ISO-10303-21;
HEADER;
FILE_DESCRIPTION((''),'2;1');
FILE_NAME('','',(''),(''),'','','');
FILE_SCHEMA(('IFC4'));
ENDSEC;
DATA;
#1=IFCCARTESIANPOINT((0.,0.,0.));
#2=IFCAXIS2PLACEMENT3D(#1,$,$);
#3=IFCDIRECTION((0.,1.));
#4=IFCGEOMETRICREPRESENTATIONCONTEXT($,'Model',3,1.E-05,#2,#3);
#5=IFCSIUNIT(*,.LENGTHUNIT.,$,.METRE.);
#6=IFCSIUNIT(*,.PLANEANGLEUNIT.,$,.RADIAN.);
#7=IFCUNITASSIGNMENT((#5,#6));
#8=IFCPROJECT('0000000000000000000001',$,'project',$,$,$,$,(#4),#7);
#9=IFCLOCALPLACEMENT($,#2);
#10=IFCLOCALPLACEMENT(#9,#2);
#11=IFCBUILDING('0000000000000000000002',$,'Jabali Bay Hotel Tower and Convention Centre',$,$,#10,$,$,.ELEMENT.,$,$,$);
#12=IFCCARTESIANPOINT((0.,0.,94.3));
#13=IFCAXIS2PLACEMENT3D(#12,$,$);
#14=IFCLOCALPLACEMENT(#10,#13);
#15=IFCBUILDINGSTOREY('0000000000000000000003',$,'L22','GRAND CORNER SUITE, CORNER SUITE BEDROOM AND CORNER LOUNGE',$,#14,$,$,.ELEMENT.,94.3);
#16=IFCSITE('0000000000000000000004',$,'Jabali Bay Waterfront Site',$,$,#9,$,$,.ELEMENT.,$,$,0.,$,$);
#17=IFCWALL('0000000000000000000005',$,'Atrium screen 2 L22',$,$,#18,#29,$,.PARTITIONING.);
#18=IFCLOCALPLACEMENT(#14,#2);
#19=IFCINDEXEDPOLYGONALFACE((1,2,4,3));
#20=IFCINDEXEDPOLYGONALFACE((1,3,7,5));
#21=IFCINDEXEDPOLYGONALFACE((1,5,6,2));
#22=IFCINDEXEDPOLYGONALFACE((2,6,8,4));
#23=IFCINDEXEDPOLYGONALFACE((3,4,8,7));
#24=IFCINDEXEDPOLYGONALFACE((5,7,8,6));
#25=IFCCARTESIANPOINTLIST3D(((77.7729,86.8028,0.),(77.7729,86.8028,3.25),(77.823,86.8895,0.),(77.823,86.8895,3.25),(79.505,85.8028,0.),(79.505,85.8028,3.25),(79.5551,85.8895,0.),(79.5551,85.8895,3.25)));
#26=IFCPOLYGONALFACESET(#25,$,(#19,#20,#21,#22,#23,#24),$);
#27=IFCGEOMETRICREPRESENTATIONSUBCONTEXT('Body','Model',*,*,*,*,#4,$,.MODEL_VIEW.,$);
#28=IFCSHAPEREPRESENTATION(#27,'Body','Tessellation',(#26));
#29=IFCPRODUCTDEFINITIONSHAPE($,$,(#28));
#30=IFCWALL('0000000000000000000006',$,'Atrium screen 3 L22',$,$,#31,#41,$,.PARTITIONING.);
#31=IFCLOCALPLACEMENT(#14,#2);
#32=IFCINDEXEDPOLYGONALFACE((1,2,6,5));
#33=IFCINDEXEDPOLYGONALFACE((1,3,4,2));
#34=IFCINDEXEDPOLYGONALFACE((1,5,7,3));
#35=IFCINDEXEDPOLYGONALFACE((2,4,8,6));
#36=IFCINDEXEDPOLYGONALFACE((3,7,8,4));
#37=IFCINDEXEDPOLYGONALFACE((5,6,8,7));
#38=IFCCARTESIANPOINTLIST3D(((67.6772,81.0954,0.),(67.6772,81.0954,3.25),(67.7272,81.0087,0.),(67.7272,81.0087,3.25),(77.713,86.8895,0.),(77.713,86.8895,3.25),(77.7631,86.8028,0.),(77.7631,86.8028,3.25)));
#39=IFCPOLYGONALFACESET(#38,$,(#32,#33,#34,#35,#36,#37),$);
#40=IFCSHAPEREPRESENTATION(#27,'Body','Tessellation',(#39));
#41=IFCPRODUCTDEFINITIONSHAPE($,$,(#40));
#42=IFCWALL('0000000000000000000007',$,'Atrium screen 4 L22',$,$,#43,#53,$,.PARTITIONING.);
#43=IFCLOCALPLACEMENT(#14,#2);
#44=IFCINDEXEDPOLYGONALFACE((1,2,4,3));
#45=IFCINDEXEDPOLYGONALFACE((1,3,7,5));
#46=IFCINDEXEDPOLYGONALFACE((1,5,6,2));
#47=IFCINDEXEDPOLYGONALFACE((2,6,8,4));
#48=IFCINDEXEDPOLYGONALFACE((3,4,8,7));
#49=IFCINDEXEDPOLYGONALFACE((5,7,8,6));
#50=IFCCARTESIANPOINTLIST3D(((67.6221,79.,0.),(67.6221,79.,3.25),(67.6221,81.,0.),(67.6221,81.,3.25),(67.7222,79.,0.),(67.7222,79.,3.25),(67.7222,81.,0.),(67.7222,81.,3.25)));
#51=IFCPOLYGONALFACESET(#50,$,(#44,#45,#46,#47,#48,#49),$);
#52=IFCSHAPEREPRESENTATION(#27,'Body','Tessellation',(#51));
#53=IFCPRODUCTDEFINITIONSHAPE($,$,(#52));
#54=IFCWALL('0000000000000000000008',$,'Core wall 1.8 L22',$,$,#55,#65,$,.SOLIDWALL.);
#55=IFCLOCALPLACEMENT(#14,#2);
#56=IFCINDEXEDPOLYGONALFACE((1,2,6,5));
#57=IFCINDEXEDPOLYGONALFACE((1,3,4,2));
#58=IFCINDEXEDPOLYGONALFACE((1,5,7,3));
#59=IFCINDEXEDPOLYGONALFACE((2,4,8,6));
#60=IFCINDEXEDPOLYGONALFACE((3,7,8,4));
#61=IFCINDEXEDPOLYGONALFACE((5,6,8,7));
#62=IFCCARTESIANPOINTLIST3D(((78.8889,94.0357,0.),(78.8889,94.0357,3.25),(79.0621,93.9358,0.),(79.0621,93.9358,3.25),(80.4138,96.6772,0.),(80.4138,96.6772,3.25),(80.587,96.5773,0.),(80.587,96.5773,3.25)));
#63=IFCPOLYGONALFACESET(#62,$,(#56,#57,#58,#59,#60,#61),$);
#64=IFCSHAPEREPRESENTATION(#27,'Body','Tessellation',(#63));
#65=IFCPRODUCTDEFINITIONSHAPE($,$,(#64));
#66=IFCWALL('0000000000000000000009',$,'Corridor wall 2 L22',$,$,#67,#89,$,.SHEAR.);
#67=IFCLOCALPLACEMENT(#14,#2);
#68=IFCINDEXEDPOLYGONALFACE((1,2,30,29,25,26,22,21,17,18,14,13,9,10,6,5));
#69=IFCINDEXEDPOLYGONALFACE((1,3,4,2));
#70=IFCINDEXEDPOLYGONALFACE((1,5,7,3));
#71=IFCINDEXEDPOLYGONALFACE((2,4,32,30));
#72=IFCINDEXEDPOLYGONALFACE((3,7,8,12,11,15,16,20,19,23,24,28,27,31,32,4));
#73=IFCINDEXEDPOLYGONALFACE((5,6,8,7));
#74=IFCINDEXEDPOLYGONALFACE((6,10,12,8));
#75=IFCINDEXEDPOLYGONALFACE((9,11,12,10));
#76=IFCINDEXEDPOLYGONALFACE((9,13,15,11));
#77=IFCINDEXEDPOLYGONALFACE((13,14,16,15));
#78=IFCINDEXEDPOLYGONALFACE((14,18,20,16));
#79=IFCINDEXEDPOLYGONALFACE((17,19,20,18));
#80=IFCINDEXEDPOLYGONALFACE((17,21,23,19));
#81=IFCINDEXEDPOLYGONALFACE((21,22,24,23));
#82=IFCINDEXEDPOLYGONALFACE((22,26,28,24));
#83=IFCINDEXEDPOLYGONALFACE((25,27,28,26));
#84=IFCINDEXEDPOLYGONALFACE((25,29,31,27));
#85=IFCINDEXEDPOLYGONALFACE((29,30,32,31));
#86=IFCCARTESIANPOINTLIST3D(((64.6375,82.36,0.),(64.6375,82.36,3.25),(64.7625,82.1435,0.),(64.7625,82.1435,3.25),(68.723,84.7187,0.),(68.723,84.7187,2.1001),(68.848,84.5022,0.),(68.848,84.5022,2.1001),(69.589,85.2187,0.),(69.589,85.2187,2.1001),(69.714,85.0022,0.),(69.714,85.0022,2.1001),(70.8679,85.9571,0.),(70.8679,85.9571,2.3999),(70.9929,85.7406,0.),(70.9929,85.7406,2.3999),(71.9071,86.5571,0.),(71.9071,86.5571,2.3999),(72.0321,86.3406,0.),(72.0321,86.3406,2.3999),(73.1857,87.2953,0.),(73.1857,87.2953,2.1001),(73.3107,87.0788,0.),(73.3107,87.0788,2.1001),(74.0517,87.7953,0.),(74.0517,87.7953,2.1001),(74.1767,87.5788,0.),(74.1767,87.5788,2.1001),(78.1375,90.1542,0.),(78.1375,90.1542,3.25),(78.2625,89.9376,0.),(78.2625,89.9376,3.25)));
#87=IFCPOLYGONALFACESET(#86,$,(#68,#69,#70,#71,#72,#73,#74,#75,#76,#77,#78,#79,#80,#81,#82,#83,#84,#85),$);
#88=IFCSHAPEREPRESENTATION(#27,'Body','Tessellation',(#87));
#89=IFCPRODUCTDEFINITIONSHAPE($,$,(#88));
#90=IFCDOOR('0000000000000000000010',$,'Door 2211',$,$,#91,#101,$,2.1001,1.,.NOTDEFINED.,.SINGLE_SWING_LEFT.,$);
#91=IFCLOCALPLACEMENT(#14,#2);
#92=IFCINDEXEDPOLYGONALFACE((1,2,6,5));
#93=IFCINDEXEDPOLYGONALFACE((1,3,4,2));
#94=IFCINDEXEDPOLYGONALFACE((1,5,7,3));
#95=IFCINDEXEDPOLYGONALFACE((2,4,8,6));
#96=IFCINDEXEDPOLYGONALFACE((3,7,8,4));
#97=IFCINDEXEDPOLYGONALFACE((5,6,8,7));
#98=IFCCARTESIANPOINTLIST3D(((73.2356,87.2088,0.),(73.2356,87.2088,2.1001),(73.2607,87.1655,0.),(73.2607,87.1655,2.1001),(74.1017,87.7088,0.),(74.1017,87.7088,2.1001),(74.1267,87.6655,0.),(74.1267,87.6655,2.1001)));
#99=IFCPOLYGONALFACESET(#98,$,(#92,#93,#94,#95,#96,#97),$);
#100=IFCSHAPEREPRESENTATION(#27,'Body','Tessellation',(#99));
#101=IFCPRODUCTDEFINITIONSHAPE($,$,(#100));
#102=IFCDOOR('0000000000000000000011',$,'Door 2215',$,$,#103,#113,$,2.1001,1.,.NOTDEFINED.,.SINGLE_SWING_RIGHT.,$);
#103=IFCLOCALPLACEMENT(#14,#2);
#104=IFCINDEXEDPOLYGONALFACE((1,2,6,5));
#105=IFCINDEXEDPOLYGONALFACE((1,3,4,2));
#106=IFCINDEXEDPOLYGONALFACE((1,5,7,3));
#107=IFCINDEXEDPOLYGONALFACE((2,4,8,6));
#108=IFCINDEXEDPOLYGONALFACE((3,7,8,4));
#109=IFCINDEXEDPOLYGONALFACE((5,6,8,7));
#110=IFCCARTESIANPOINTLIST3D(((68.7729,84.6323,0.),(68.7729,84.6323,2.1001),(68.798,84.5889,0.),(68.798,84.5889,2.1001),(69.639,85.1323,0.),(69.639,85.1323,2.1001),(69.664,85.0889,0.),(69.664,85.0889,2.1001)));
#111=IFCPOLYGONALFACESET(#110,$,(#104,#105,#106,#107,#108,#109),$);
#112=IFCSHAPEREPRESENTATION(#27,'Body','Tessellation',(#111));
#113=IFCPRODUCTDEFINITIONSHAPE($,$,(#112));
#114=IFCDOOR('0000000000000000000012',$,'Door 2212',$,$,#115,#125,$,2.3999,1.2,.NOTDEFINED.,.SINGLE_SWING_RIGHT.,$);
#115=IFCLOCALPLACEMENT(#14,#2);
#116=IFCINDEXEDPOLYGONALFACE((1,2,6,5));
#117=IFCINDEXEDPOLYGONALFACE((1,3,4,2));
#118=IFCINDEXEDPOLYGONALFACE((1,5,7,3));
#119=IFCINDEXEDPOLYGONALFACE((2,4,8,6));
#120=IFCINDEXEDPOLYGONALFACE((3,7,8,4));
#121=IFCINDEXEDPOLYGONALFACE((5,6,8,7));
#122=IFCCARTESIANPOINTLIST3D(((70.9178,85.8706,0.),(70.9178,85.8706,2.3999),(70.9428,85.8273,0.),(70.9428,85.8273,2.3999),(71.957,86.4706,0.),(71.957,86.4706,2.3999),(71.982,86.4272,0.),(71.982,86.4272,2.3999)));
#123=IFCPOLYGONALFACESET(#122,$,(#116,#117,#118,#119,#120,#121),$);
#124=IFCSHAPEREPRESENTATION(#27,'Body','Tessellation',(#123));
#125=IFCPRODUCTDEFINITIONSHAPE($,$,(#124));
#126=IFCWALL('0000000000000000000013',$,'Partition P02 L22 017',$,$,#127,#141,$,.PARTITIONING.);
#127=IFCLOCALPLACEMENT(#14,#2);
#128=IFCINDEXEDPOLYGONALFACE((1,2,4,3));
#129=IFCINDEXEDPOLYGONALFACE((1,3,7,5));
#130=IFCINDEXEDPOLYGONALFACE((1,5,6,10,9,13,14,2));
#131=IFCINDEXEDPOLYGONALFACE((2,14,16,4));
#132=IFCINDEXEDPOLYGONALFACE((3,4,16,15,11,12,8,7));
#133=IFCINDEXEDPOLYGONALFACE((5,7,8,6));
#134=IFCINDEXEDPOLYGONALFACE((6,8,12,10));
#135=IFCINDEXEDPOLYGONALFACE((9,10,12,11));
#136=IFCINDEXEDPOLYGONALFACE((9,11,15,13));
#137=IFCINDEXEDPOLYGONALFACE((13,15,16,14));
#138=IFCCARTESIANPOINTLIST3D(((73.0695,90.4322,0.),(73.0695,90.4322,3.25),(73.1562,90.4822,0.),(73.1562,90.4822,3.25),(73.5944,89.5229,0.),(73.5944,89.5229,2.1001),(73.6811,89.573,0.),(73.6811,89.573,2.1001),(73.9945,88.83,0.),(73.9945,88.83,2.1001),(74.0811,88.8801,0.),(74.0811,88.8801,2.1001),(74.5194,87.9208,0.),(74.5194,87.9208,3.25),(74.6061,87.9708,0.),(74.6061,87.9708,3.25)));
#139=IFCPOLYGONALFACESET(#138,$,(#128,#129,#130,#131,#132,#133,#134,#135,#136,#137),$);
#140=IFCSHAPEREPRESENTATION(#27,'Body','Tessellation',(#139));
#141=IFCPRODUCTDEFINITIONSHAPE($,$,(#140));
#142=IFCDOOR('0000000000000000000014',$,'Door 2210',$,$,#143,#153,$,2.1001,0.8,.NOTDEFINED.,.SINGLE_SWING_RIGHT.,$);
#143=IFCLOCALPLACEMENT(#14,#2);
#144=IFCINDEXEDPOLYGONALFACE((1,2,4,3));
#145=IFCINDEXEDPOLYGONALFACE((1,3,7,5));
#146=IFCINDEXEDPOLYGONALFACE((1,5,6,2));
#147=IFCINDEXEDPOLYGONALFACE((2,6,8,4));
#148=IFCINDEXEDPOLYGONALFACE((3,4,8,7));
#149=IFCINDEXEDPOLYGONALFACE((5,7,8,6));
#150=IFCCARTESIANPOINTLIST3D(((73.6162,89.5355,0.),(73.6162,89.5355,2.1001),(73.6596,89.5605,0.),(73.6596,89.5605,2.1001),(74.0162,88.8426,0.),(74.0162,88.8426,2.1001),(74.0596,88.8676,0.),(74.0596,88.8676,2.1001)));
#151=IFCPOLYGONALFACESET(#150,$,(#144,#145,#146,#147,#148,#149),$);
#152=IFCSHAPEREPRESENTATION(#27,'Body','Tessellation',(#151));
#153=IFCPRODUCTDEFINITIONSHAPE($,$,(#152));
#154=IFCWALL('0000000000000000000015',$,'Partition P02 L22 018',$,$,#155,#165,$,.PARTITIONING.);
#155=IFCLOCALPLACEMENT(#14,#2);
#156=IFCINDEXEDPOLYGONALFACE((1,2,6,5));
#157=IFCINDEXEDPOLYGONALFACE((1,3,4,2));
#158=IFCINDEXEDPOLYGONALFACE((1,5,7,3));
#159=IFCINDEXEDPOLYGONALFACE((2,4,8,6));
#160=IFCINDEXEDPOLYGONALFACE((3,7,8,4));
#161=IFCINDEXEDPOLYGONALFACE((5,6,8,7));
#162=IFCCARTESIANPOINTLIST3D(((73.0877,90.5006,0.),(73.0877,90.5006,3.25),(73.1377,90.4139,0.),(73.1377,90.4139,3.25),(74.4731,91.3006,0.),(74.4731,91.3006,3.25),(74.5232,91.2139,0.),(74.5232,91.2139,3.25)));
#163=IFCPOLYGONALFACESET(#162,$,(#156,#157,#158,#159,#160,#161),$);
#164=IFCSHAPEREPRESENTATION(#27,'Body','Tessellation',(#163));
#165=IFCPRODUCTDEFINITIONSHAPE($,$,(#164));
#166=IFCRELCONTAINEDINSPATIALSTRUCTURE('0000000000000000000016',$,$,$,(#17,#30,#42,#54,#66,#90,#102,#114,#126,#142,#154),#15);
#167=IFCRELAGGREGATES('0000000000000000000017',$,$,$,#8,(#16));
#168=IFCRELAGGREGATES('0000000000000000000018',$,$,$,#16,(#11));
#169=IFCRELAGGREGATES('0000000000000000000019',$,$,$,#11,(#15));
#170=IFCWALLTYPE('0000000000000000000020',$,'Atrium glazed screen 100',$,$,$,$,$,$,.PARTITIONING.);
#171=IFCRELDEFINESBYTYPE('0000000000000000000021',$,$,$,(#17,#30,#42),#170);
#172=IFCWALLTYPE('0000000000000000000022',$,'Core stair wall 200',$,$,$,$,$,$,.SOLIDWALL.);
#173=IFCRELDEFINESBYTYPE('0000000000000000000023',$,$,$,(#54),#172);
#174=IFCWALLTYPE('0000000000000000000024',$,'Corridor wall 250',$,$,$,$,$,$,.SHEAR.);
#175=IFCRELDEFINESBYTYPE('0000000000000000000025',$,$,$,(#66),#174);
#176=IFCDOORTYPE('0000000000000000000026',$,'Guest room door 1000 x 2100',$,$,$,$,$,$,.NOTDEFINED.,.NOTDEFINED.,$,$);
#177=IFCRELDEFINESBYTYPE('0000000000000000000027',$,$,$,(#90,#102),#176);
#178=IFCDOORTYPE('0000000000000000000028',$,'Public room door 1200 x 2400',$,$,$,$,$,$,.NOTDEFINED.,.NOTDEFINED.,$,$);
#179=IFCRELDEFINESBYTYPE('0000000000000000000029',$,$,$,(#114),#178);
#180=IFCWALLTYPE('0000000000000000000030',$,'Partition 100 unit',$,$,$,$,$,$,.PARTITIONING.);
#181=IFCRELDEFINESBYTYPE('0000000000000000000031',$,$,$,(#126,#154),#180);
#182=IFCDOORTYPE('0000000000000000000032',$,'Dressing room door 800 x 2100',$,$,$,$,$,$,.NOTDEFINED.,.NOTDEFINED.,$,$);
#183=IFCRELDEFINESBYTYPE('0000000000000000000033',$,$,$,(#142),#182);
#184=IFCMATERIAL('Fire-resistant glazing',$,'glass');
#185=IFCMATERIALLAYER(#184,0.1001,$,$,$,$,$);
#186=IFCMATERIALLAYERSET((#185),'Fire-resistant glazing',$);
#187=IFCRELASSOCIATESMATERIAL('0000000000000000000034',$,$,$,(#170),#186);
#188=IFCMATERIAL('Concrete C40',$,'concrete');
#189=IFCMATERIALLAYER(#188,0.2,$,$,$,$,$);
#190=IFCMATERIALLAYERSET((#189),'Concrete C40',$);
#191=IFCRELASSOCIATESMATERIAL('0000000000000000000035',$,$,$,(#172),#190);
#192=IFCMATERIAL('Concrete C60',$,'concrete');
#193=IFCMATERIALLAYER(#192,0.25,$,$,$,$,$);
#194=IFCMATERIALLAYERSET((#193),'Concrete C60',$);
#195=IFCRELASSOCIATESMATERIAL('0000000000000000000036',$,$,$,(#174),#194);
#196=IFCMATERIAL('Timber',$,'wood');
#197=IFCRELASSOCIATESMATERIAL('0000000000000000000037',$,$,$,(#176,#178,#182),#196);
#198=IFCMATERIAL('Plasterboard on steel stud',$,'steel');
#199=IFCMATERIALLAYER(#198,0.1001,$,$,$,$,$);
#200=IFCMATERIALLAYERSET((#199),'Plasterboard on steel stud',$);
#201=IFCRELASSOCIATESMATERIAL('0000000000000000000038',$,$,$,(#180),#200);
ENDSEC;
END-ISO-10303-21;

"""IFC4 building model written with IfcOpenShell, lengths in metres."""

from ifc_helpers import new_model, si_unit, direction, frame, frame_2d, origin, place, context, subcontext, project, spatial, rectangle, extrude, material, layer, layer_set, type_object, element, fill, save


model = new_model("IFC4")

# Units and contexts
model_context = context("Model", 3, precision=1e-05, world=origin(), true_north=direction((0.0, 1.0)))
body_context = subcontext(model_context, "Body", "Model", "MODEL_VIEW")
ifc_project = project(units=[si_unit("LENGTHUNIT", "METRE"), si_unit("PLANEANGLEUNIT", "RADIAN")], contexts=[model_context])

# Site, building, storey
site_placement = place(None, origin())
site = spatial("IfcSite", under=ifc_project, at=site_placement, Name="Jabali Bay Waterfront Site", CompositionType="ELEMENT", RefElevation=0.0)
building_placement = place(site_placement, origin())
building = spatial("IfcBuilding", under=site, at=building_placement, Name="Jabali Bay Hotel Tower and Convention Centre", CompositionType="ELEMENT")
storey_placement = place(building_placement, frame((0.0, 0.0, 94.3)))
storey = spatial("IfcBuildingStorey", under=building, at=storey_placement, Name="L22", Description="GRAND CORNER SUITE, CORNER SUITE BEDROOM AND CORNER LOUNGE", CompositionType="ELEMENT", Elevation=94.3)

# Walls
ifc_material_1 = material(Name="Fire-resistant glazing", Category="glass")
ifc_layer_1 = layer(ifc_material_1, 0.1001)
ifc_layer_set_1 = layer_set([ifc_layer_1], Name="Fire-resistant glazing")
wall_type_1 = type_object("IfcWallType", Name="Atrium glazed screen 100", PredefinedType="PARTITIONING", material=ifc_layer_set_1)
wall_1_placement = place(storey_placement, frame((79.53, 85.8462, 0.0), z_axis=(0.0, 0.0, 1.0), x_axis=(-0.866041, 0.499973, 0.0)))
element("IfcWall", 1, at=wall_1_placement, inside=storey, type_object=wall_type_1, Name="Atrium screen 2 L22", PredefinedType="PARTITIONING", context=body_context, shape_type="SweptSolid", body=[
    extrude(rectangle(XDim=2.0, YDim=0.1001, at=frame_2d((1.0, 0.0))), origin(), (0.0, 0.0, 1.0), 3.25),
])
wall_2_placement = place(storey_placement, frame((77.738, 86.8462, 0.0), z_axis=(0.0, 0.0, 1.0), x_axis=(-0.866027, -0.499998, 0.0)))
element("IfcWall", 2, at=wall_2_placement, inside=storey, type_object=wall_type_1, Name="Atrium screen 3 L22", PredefinedType="PARTITIONING", context=body_context, shape_type="SweptSolid", body=[
    extrude(rectangle(XDim=11.5884, YDim=0.1001, at=frame_2d((5.7942, 0.0))), origin(), (0.0, 0.0, 1.0), 3.25),
])
wall_3_placement = place(storey_placement, frame((67.6721, 81.0, 0.0), z_axis=(0.0, 0.0, 1.0), x_axis=(0.0, -1.0, 0.0)))
element("IfcWall", 3, at=wall_3_placement, inside=storey, type_object=wall_type_1, Name="Atrium screen 4 L22", PredefinedType="PARTITIONING", context=body_context, shape_type="SweptSolid", body=[
    extrude(rectangle(XDim=2.0, YDim=0.1001, at=frame_2d((1.0, 0.0))), origin(), (0.0, 0.0, 1.0), 3.25),
])
ifc_material_2 = material(Name="Concrete C40", Category="concrete")
ifc_layer_2 = layer(ifc_material_2, 0.2)
ifc_layer_set_2 = layer_set([ifc_layer_2], Name="Concrete C40")
wall_type_2 = type_object("IfcWallType", Name="Core stair wall 200", PredefinedType="SOLIDWALL", material=ifc_layer_set_2)
wall_4_placement = place(storey_placement, frame((78.9756, 93.9858, 0.0), z_axis=(0.0, 0.0, 1.0), x_axis=(0.499944, 0.866058, 0.0)))
element("IfcWall", 4, at=wall_4_placement, inside=storey, type_object=wall_type_2, Name="Core wall 1.8 L22", PredefinedType="SOLIDWALL", context=body_context, shape_type="SweptSolid", body=[
    extrude(rectangle(XDim=3.05, YDim=0.2, at=frame_2d((1.5249, 0.0))), origin(), (0.0, 0.0, 1.0), 3.25),
])

# Wall, openings, doors
ifc_material_3 = material(Name="Concrete C60", Category="concrete")
ifc_layer_3 = layer(ifc_material_3, 0.25)
ifc_layer_set_3 = layer_set([ifc_layer_3], Name="Concrete C60")
wall_type_3 = type_object("IfcWallType", Name="Corridor wall 250", PredefinedType="SHEAR", material=ifc_layer_set_3)
wall_5_placement = place(storey_placement, frame((78.2, 90.0459, 0.0), z_axis=(0.0, 0.0, 1.0), x_axis=(-0.866026, -0.499998, 0.0)))
wall_5 = element("IfcWall", 5, at=wall_5_placement, inside=storey, type_object=wall_type_3, Name="Corridor wall 2 L22", PredefinedType="SHEAR", context=body_context, shape_type="SweptSolid", body=[
    extrude(rectangle(XDim=15.5884, YDim=0.25, at=frame_2d((7.7942, 0.0))), origin(), (0.0, 0.0, 1.0), 3.25),
])
opening_1_placement = place(wall_5_placement, frame((4.7178, 0.0, 0.0)))
opening_1 = element("IfcOpeningElement", 6, at=opening_1_placement, cuts=wall_5, PredefinedType="OPENING", context=body_context, shape_type="SweptSolid", body=[
    extrude(rectangle(XDim=1.0, YDim=2.1001, at=frame_2d((0.5, 1.05))), frame((0.0, 0.1355, 0.0), z_axis=(0.0, -1.0, 0.0), x_axis=(1.0, 0.0, 0.0)), (0.0, 0.0, 1.0), 0.271),
])
opening_2_placement = place(wall_5_placement, frame((7.1941, 0.0, 0.0)))
opening_2 = element("IfcOpeningElement", 7, at=opening_2_placement, cuts=wall_5, PredefinedType="OPENING", context=body_context, shape_type="SweptSolid", body=[
    extrude(rectangle(XDim=1.2, YDim=2.3999, at=frame_2d((0.6001, 1.2))), frame((0.0, 0.1355, 0.0), z_axis=(0.0, -1.0, 0.0), x_axis=(1.0, 0.0, 0.0)), (0.0, 0.0, 1.0), 0.271),
])
opening_3_placement = place(wall_5_placement, frame((9.8708, 0.0, 0.0)))
opening_3 = element("IfcOpeningElement", 8, at=opening_3_placement, cuts=wall_5, PredefinedType="OPENING", context=body_context, shape_type="SweptSolid", body=[
    extrude(rectangle(XDim=1.0, YDim=2.1001, at=frame_2d((0.5, 1.05))), frame((0.0, 0.1355, 0.0), z_axis=(0.0, -1.0, 0.0), x_axis=(1.0, 0.0, 0.0)), (0.0, 0.0, 1.0), 0.271),
])
ifc_material_4 = material(Name="Timber", Category="wood")
door_type_1 = type_object("IfcDoorType", Name="Guest room door 1000 x 2100", OperationType="NOTDEFINED", PredefinedType="NOTDEFINED", material=ifc_material_4)
door_1_placement = place(opening_1_placement, origin())
door_1 = element("IfcDoor", 9, at=door_1_placement, inside=storey, type_object=door_type_1, Name="Door 2211", OperationType="SINGLE_SWING_LEFT", OverallHeight=2.1001, OverallWidth=1.0, PredefinedType="NOTDEFINED", context=body_context, shape_type="SweptSolid", body=[
    extrude(rectangle(XDim=1.0, YDim=2.1001, at=frame_2d((0.5, 1.05))), frame((0.0, 0.0249, 0.0), z_axis=(0.0, -1.0, 0.0), x_axis=(1.0, 0.0, 0.0)), (0.0, 0.0, 1.0), 0.05),
])
fill(opening_1, door_1)
door_2_placement = place(opening_3_placement, origin())
door_2 = element("IfcDoor", 10, at=door_2_placement, inside=storey, type_object=door_type_1, Name="Door 2215", OperationType="SINGLE_SWING_RIGHT", OverallHeight=2.1001, OverallWidth=1.0, PredefinedType="NOTDEFINED", context=body_context, shape_type="SweptSolid", body=[
    extrude(rectangle(XDim=1.0, YDim=2.1001, at=frame_2d((0.5, 1.05))), frame((0.0, 0.0249, 0.0), z_axis=(0.0, -1.0, 0.0), x_axis=(1.0, 0.0, 0.0)), (0.0, 0.0, 1.0), 0.05),
])
fill(opening_3, door_2)
door_type_2 = type_object("IfcDoorType", Name="Public room door 1200 x 2400", OperationType="NOTDEFINED", PredefinedType="NOTDEFINED", material=ifc_material_4)
door_3_placement = place(opening_2_placement, origin())
door_3 = element("IfcDoor", 11, at=door_3_placement, inside=storey, type_object=door_type_2, Name="Door 2212", OperationType="SINGLE_SWING_RIGHT", OverallHeight=2.3999, OverallWidth=1.2, PredefinedType="NOTDEFINED", context=body_context, shape_type="SweptSolid", body=[
    extrude(rectangle(XDim=1.2, YDim=2.3999, at=frame_2d((0.6001, 1.2))), frame((0.0, 0.0249, 0.0), z_axis=(0.0, -1.0, 0.0), x_axis=(1.0, 0.0, 0.0)), (0.0, 0.0, 1.0), 0.05),
])
fill(opening_2, door_3)

# Wall, opening, door
ifc_material_5 = material(Name="Plasterboard on steel stud", Category="steel")
ifc_layer_4 = layer(ifc_material_5, 0.1001)
ifc_layer_set_4 = layer_set([ifc_layer_4], Name="Plasterboard on steel stud")
wall_type_4 = type_object("IfcWallType", Name="Partition 100 unit", PredefinedType="PARTITIONING", material=ifc_layer_set_4)
wall_6_placement = place(storey_placement, frame((74.5627, 87.9458, 0.0), z_axis=(0.0, 0.0, 1.0), x_axis=(-0.499987, 0.866033, 0.0)))
wall_6 = element("IfcWall", 12, at=wall_6_placement, inside=storey, type_object=wall_type_4, Name="Partition P02 L22 017", PredefinedType="PARTITIONING", context=body_context, shape_type="SweptSolid", body=[
    extrude(rectangle(XDim=2.8999, YDim=0.1001, at=frame_2d((1.45, 0.0))), origin(), (0.0, 0.0, 1.0), 3.25),
])
opening_4_placement = place(wall_6_placement, frame((1.05, 0.0, 0.0)))
opening_4 = element("IfcOpeningElement", 13, at=opening_4_placement, cuts=wall_6, PredefinedType="OPENING", context=body_context, shape_type="SweptSolid", body=[
    extrude(rectangle(XDim=0.8, YDim=2.1001, at=frame_2d((0.3999, 1.05))), frame((0.0, 0.0605, 0.0), z_axis=(0.0, -1.0, 0.0), x_axis=(1.0, 0.0, 0.0)), (0.0, 0.0, 1.0), 0.1211),
])
door_type_3 = type_object("IfcDoorType", Name="Dressing room door 800 x 2100", OperationType="NOTDEFINED", PredefinedType="NOTDEFINED", material=ifc_material_4)
door_4_placement = place(opening_4_placement, origin())
door_4 = element("IfcDoor", 14, at=door_4_placement, inside=storey, type_object=door_type_3, Name="Door 2210", OperationType="SINGLE_SWING_RIGHT", OverallHeight=2.1001, OverallWidth=0.8, PredefinedType="NOTDEFINED", context=body_context, shape_type="SweptSolid", body=[
    extrude(rectangle(XDim=0.8, YDim=2.1001, at=frame_2d((0.3999, 1.05))), frame((0.0, 0.0249, 0.0), z_axis=(0.0, -1.0, 0.0), x_axis=(1.0, 0.0, 0.0)), (0.0, 0.0, 1.0), 0.05),
])
fill(opening_4, door_4)

# Wall
wall_7_placement = place(storey_placement, frame((73.1128, 90.4573, 0.0), z_axis=(0.0, 0.0, 1.0), x_axis=(0.86599, 0.500061, 0.0)))
element("IfcWall", 15, at=wall_7_placement, inside=storey, type_object=wall_type_4, Name="Partition P02 L22 018", PredefinedType="PARTITIONING", context=body_context, shape_type="SweptSolid", body=[
    extrude(rectangle(XDim=1.5999, YDim=0.1001, at=frame_2d((0.7998, 0.0))), origin(), (0.0, 0.0, 1.0), 3.25),
])

save(model, "model.ifc")
